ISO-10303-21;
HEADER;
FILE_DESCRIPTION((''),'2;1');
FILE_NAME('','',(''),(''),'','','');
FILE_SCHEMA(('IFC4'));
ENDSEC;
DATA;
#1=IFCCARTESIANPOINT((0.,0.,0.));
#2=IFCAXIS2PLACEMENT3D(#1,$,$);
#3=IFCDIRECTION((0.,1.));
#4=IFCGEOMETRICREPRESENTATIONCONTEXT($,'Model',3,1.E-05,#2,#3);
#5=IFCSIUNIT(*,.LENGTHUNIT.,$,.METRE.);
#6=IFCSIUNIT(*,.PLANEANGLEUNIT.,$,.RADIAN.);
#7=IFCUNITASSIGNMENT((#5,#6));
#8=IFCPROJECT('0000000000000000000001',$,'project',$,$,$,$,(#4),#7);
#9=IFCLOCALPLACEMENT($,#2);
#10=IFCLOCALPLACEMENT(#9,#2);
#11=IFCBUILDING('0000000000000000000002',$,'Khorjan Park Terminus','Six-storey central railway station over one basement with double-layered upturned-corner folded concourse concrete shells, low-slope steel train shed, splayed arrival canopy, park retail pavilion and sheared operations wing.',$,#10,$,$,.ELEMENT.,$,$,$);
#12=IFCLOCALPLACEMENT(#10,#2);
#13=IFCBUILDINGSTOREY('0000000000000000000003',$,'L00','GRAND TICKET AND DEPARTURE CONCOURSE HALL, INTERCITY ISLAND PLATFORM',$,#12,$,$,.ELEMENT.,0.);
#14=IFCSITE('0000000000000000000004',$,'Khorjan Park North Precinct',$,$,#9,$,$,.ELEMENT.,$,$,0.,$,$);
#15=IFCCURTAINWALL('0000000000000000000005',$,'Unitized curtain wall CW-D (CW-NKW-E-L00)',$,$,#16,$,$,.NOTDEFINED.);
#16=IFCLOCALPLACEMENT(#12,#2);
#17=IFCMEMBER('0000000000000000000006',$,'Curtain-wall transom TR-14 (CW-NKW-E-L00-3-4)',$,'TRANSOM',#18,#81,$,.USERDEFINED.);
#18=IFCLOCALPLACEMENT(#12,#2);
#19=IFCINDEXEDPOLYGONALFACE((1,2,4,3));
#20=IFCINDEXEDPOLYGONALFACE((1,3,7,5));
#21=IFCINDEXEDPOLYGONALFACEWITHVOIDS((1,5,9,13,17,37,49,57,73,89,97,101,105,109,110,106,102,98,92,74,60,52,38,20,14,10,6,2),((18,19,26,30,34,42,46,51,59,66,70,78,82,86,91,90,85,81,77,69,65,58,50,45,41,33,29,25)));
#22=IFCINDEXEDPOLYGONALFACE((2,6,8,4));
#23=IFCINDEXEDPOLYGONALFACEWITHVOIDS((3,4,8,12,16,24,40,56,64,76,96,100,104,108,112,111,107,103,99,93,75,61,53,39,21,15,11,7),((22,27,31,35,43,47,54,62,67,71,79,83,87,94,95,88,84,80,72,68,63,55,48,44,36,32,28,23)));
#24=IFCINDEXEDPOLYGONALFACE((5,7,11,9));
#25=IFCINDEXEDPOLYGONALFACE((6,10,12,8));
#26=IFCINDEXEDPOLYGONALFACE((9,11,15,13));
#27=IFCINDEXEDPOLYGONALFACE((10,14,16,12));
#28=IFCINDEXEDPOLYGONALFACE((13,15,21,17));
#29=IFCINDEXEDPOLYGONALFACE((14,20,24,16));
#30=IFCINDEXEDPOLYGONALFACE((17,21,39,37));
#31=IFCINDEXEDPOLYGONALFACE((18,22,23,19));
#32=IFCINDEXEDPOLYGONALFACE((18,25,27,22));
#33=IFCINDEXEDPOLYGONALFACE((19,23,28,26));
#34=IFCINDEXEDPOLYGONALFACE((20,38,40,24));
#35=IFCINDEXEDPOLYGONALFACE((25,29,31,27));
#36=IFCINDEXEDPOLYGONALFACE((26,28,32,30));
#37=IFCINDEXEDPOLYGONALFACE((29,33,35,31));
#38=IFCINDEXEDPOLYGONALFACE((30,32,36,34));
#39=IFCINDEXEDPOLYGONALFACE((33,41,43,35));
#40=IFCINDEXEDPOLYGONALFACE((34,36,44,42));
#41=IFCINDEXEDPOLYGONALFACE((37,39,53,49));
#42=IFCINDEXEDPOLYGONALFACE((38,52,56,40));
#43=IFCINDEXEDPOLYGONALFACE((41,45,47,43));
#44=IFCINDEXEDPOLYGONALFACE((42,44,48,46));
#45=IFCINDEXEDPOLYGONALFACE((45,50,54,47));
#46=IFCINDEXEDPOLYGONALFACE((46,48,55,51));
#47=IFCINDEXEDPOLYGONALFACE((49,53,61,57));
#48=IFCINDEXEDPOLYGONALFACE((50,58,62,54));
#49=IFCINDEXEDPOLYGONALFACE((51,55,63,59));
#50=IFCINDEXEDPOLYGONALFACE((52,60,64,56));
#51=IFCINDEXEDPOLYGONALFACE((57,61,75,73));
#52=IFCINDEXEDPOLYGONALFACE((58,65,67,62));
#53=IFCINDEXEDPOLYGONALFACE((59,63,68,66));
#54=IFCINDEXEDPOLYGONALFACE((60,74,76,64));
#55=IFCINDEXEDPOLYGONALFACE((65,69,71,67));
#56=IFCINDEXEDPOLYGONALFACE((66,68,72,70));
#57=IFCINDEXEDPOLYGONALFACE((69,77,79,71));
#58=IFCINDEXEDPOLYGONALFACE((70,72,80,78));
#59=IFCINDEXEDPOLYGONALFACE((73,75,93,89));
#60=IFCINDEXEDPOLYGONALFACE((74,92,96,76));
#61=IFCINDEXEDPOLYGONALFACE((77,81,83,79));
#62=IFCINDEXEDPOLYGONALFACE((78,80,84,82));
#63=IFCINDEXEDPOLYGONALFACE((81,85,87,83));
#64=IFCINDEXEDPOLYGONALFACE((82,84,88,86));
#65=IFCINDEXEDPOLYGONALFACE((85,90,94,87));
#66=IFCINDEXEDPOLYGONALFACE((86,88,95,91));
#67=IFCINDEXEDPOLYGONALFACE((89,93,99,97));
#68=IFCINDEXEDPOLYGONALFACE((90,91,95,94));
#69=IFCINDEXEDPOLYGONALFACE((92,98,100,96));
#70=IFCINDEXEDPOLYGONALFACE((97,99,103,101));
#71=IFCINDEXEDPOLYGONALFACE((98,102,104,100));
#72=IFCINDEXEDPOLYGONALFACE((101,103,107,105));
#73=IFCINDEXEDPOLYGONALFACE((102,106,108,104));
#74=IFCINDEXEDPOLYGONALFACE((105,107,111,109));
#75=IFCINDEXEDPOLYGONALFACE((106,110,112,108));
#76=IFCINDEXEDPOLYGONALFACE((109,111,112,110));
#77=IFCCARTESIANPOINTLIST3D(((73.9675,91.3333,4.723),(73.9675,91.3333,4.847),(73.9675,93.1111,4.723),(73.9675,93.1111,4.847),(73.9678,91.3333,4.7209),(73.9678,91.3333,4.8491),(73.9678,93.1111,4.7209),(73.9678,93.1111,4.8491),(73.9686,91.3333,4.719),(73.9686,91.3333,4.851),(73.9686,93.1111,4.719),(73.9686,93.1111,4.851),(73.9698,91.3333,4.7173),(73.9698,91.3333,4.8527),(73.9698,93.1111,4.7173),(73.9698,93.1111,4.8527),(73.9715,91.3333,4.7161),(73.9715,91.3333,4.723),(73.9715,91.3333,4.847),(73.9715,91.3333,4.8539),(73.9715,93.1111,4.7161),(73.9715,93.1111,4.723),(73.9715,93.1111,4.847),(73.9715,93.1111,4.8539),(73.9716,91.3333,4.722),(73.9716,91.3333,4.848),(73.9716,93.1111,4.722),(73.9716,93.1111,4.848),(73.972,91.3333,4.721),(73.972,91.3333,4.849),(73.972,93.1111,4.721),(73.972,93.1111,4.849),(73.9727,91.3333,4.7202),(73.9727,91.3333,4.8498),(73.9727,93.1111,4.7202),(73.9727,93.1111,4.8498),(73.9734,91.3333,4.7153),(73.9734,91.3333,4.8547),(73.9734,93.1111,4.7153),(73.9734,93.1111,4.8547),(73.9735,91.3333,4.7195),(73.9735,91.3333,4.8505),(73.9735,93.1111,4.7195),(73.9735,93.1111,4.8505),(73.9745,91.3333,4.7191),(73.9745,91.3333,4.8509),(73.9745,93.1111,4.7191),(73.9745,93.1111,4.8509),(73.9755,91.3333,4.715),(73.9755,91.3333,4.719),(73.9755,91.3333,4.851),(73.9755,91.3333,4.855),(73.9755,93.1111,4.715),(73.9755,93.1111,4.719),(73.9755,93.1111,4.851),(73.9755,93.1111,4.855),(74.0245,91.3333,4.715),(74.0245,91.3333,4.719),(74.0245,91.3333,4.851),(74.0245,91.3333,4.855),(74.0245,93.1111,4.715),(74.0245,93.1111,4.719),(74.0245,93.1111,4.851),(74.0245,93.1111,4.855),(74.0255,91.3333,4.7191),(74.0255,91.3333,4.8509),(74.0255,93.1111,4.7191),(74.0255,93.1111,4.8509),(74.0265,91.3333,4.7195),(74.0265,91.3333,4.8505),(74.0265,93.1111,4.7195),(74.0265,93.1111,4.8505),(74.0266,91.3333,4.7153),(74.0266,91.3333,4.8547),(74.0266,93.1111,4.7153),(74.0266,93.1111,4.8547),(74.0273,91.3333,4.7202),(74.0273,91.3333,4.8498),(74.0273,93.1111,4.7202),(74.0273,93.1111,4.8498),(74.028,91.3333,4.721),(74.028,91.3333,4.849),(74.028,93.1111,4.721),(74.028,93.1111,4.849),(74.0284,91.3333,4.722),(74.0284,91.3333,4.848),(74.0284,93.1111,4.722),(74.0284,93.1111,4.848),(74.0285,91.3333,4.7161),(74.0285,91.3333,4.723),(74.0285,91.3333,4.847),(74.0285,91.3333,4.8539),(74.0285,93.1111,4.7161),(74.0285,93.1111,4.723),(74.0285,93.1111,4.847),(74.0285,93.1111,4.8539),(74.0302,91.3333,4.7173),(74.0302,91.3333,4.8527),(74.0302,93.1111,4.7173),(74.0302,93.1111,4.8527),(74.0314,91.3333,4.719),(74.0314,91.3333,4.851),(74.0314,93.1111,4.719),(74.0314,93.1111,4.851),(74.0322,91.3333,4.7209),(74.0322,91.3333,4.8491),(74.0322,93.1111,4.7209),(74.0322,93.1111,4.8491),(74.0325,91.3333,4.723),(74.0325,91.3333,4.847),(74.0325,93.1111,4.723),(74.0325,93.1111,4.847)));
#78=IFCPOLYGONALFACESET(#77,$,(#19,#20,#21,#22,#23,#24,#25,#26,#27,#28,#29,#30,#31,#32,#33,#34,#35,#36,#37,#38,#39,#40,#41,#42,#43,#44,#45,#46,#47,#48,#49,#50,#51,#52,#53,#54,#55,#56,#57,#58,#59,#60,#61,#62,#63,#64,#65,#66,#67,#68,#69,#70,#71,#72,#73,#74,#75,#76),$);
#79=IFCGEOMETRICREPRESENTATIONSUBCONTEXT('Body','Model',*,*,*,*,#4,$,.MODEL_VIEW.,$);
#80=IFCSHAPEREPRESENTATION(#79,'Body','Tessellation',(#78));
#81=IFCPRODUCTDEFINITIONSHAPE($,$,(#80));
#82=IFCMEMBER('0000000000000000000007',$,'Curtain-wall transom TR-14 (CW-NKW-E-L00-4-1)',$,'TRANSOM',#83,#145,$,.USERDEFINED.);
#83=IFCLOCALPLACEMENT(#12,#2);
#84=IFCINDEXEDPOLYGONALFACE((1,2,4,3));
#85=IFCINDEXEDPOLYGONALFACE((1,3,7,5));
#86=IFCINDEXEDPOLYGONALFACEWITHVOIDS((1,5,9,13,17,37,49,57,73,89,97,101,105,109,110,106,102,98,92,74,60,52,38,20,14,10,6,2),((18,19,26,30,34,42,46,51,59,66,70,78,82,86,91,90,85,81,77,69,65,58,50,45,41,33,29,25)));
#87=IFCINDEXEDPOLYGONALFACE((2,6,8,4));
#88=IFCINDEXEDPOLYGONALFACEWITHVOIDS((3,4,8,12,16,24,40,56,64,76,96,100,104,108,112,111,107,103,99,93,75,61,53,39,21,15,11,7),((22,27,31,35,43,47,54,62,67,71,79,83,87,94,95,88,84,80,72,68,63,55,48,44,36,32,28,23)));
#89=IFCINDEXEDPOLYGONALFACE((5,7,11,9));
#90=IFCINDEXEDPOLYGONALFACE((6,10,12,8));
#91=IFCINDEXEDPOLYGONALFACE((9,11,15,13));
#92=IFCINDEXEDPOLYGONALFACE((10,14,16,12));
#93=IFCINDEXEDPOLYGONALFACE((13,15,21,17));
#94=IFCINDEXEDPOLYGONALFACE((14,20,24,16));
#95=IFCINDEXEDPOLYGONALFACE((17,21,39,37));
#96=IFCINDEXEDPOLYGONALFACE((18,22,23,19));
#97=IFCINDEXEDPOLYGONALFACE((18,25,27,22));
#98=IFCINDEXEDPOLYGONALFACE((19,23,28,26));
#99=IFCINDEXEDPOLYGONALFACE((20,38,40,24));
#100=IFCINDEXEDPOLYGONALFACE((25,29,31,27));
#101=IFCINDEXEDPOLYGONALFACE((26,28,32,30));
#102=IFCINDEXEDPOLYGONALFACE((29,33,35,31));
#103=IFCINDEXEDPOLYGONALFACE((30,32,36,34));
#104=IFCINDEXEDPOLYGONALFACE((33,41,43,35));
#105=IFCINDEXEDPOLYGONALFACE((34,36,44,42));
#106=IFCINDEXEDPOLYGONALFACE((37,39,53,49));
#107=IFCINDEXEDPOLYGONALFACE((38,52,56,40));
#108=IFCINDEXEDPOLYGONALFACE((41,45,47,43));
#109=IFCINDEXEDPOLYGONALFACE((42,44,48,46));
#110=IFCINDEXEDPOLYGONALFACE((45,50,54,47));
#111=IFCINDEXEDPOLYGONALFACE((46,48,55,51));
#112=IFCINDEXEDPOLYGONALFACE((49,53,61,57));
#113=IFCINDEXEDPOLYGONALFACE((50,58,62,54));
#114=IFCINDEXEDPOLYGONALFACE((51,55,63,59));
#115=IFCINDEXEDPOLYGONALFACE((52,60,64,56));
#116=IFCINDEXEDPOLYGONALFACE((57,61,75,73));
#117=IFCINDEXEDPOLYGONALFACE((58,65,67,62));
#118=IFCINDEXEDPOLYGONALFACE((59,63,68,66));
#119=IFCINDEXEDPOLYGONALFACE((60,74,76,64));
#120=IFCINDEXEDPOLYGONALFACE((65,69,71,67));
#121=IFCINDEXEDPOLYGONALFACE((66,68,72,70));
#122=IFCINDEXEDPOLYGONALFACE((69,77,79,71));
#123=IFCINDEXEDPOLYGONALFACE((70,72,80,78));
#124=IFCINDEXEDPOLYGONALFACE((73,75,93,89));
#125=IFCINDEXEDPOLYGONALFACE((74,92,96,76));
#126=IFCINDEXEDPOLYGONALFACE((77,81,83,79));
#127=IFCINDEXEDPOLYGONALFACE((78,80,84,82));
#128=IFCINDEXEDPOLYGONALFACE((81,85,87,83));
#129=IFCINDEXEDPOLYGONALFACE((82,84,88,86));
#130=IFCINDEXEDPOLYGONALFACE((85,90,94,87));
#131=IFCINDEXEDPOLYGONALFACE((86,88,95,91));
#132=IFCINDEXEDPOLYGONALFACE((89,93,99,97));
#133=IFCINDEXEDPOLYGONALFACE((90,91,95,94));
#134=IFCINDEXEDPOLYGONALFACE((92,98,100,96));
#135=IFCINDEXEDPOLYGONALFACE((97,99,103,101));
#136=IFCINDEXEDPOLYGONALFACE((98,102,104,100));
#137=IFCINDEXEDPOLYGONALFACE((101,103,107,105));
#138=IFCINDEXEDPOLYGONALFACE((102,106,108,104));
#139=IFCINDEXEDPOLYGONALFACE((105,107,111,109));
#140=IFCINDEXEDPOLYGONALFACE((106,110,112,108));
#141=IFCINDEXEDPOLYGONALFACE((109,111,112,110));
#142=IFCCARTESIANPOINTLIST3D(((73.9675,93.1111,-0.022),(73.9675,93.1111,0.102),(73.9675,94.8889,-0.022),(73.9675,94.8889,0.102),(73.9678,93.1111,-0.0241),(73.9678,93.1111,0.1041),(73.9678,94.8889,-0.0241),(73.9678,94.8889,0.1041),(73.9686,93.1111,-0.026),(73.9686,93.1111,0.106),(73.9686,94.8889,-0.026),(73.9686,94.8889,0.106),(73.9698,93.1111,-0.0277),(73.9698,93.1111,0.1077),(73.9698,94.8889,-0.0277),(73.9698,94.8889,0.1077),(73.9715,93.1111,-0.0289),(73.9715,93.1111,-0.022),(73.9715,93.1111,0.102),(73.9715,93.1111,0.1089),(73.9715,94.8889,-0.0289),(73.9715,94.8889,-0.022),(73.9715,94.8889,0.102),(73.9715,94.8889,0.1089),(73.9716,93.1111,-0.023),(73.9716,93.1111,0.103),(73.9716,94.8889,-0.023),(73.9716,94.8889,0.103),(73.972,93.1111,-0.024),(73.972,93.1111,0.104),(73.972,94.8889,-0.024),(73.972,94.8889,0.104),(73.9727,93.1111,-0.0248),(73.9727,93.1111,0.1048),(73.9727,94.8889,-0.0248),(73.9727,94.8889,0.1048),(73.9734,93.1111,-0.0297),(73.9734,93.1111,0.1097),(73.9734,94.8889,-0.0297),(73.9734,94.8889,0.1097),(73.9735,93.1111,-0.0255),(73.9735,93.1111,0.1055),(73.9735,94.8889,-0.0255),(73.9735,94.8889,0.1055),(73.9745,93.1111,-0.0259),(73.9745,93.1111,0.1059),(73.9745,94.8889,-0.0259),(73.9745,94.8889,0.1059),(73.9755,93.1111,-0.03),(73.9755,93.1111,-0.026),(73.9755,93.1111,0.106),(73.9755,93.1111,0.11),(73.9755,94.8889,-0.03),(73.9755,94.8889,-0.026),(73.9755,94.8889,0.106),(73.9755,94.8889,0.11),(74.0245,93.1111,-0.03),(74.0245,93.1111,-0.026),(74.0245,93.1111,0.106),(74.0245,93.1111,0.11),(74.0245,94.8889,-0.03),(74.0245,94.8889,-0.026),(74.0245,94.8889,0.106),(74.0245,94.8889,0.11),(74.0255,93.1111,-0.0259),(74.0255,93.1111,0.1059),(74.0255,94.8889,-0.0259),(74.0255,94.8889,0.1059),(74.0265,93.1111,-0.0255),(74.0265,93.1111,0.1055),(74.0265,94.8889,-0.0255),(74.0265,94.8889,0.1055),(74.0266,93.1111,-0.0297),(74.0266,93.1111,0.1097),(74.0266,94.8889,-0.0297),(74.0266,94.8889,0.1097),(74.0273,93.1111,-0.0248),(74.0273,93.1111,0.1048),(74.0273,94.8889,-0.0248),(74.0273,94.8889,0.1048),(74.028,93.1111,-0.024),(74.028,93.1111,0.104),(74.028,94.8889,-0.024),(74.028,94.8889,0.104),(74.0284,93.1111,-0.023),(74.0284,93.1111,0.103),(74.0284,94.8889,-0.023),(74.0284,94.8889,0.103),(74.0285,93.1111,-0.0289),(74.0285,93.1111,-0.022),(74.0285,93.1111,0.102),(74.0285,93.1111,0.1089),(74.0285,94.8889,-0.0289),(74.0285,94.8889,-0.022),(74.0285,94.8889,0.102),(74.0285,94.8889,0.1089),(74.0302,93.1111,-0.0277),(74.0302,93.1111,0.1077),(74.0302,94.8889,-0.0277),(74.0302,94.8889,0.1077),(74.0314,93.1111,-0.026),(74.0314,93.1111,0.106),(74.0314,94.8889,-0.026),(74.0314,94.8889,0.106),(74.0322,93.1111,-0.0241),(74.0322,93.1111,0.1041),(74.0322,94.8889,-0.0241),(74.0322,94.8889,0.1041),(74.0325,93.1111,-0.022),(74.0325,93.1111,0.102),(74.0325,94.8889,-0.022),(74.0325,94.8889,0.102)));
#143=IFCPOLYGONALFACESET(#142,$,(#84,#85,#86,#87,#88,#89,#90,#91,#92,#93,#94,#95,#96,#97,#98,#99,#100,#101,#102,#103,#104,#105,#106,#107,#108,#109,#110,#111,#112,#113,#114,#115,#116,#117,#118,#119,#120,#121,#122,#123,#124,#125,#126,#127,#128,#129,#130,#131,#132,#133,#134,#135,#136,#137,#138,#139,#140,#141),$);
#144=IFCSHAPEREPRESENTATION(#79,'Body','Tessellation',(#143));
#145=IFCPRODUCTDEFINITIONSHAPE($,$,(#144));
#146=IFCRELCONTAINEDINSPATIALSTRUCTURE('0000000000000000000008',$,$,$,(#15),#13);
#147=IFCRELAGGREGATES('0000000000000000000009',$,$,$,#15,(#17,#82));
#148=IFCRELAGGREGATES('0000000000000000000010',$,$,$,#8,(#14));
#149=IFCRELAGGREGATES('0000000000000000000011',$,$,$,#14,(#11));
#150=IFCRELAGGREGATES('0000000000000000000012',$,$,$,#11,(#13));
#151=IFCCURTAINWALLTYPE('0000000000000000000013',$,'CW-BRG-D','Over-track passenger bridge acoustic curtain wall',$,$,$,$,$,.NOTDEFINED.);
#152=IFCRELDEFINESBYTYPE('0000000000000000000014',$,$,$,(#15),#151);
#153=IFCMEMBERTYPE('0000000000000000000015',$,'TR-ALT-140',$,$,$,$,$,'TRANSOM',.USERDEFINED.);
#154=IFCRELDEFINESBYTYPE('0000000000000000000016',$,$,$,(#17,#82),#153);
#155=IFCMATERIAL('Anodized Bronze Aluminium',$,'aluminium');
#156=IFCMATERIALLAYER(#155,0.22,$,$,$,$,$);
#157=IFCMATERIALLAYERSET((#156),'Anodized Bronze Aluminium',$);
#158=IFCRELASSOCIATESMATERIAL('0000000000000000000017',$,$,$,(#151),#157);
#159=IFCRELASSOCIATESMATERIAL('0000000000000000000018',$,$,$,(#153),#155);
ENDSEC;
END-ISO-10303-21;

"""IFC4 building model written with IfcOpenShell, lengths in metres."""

from ifc_helpers import new_model, si_unit, direction, frame, origin, origin_2d, place, context, subcontext, project, spatial, hollow_rectangle, extrude, material, layer, layer_set, material_profile, profile_set, type_object, element, aggregate, save


model = new_model("IFC4")

# Units and contexts
model_context = context("Model", 3, precision=1e-05, world=origin(), true_north=direction((0.0, 1.0)))
body_context = subcontext(model_context, "Body", "Model", "MODEL_VIEW")
ifc_project = project(units=[si_unit("LENGTHUNIT", "METRE"), si_unit("PLANEANGLEUNIT", "RADIAN")], contexts=[model_context])

# Site, building, storey
site_placement = place(None, origin())
site = spatial("IfcSite", under=ifc_project, at=site_placement, Name="Khorjan Park North Precinct", CompositionType="ELEMENT", RefElevation=0.0)
building_placement = place(site_placement, origin())
building = spatial("IfcBuilding", under=site, at=building_placement, Name="Khorjan Park Terminus", Description="Six-storey central railway station over one basement with double-layered upturned-corner folded concourse concrete shells, low-slope steel train shed, splayed arrival canopy, park retail pavilion and sheared operations wing.", CompositionType="ELEMENT")
storey_placement = place(building_placement, origin())
storey = spatial("IfcBuildingStorey", under=building, at=storey_placement, Name="L00", Description="GRAND TICKET AND DEPARTURE CONCOURSE HALL, INTERCITY ISLAND PLATFORM", CompositionType="ELEMENT", Elevation=0.0)

# Curtain wall, members
ifc_material_1 = material(Name="Anodized Bronze Aluminium", Category="aluminium")
ifc_layer_1 = layer(ifc_material_1, 0.22)
ifc_layer_set_1 = layer_set([ifc_layer_1], Name="Anodized Bronze Aluminium")
curtain_wall_type = type_object("IfcCurtainWallType", Name="CW-BRG-D", Description="Over-track passenger bridge acoustic curtain wall", PredefinedType="NOTDEFINED", material=ifc_layer_set_1)
curtain_wall_placement = place(storey_placement, origin())
curtain_wall = element("IfcCurtainWall", 1, at=curtain_wall_placement, inside=storey, type_object=curtain_wall_type, Name="Unitized curtain wall CW-D (CW-NKW-E-L00)", PredefinedType="NOTDEFINED")
ifc_material_profile_1 = material_profile(ifc_material_1, hollow_rectangle(XDim=0.065, YDim=0.14, WallThickness=0.004, InnerFilletRadius=0.004, OuterFilletRadius=0.008, at=origin_2d()), Name="ALT 65x140x4")
ifc_profile_set_1 = profile_set([ifc_material_profile_1], Name="Anodized Bronze Aluminium")
member_type_1 = type_object("IfcMemberType", Name="TR-ALT-140", ElementType="TRANSOM", PredefinedType="USERDEFINED", material=ifc_profile_set_1)
member_1_placement = place(storey_placement, frame((74.0, 91.3333, 4.785), z_axis=(0.0, 1.0, 0.0), x_axis=(-1.0, 0.0, 0.0)))
member_1 = element("IfcMember", 2, at=member_1_placement, type_object=member_type_1, Name="Curtain-wall transom TR-14 (CW-NKW-E-L00-3-4)", ObjectType="TRANSOM", PredefinedType="USERDEFINED", context=body_context, shape_type="SweptSolid", body=[
    extrude(hollow_rectangle(XDim=0.065, YDim=0.14, WallThickness=0.004, InnerFilletRadius=0.004, OuterFilletRadius=0.008, at=origin_2d()), origin(), (0.0, 0.0, 1.0), 1.7778),
])
member_2_placement = place(storey_placement, frame((74.0, 93.1111, 0.04), z_axis=(0.0, 1.0, 0.0), x_axis=(-1.0, 0.0, 0.0)))
member_2 = element("IfcMember", 3, at=member_2_placement, type_object=member_type_1, Name="Curtain-wall transom TR-14 (CW-NKW-E-L00-4-1)", ObjectType="TRANSOM", PredefinedType="USERDEFINED", context=body_context, shape_type="SweptSolid", body=[
    extrude(hollow_rectangle(XDim=0.065, YDim=0.14, WallThickness=0.004, InnerFilletRadius=0.004, OuterFilletRadius=0.008, at=origin_2d()), origin(), (0.0, 0.0, 1.0), 1.7778),
])
aggregate(curtain_wall, [member_1, member_2])

save(model, "model.ifc")
